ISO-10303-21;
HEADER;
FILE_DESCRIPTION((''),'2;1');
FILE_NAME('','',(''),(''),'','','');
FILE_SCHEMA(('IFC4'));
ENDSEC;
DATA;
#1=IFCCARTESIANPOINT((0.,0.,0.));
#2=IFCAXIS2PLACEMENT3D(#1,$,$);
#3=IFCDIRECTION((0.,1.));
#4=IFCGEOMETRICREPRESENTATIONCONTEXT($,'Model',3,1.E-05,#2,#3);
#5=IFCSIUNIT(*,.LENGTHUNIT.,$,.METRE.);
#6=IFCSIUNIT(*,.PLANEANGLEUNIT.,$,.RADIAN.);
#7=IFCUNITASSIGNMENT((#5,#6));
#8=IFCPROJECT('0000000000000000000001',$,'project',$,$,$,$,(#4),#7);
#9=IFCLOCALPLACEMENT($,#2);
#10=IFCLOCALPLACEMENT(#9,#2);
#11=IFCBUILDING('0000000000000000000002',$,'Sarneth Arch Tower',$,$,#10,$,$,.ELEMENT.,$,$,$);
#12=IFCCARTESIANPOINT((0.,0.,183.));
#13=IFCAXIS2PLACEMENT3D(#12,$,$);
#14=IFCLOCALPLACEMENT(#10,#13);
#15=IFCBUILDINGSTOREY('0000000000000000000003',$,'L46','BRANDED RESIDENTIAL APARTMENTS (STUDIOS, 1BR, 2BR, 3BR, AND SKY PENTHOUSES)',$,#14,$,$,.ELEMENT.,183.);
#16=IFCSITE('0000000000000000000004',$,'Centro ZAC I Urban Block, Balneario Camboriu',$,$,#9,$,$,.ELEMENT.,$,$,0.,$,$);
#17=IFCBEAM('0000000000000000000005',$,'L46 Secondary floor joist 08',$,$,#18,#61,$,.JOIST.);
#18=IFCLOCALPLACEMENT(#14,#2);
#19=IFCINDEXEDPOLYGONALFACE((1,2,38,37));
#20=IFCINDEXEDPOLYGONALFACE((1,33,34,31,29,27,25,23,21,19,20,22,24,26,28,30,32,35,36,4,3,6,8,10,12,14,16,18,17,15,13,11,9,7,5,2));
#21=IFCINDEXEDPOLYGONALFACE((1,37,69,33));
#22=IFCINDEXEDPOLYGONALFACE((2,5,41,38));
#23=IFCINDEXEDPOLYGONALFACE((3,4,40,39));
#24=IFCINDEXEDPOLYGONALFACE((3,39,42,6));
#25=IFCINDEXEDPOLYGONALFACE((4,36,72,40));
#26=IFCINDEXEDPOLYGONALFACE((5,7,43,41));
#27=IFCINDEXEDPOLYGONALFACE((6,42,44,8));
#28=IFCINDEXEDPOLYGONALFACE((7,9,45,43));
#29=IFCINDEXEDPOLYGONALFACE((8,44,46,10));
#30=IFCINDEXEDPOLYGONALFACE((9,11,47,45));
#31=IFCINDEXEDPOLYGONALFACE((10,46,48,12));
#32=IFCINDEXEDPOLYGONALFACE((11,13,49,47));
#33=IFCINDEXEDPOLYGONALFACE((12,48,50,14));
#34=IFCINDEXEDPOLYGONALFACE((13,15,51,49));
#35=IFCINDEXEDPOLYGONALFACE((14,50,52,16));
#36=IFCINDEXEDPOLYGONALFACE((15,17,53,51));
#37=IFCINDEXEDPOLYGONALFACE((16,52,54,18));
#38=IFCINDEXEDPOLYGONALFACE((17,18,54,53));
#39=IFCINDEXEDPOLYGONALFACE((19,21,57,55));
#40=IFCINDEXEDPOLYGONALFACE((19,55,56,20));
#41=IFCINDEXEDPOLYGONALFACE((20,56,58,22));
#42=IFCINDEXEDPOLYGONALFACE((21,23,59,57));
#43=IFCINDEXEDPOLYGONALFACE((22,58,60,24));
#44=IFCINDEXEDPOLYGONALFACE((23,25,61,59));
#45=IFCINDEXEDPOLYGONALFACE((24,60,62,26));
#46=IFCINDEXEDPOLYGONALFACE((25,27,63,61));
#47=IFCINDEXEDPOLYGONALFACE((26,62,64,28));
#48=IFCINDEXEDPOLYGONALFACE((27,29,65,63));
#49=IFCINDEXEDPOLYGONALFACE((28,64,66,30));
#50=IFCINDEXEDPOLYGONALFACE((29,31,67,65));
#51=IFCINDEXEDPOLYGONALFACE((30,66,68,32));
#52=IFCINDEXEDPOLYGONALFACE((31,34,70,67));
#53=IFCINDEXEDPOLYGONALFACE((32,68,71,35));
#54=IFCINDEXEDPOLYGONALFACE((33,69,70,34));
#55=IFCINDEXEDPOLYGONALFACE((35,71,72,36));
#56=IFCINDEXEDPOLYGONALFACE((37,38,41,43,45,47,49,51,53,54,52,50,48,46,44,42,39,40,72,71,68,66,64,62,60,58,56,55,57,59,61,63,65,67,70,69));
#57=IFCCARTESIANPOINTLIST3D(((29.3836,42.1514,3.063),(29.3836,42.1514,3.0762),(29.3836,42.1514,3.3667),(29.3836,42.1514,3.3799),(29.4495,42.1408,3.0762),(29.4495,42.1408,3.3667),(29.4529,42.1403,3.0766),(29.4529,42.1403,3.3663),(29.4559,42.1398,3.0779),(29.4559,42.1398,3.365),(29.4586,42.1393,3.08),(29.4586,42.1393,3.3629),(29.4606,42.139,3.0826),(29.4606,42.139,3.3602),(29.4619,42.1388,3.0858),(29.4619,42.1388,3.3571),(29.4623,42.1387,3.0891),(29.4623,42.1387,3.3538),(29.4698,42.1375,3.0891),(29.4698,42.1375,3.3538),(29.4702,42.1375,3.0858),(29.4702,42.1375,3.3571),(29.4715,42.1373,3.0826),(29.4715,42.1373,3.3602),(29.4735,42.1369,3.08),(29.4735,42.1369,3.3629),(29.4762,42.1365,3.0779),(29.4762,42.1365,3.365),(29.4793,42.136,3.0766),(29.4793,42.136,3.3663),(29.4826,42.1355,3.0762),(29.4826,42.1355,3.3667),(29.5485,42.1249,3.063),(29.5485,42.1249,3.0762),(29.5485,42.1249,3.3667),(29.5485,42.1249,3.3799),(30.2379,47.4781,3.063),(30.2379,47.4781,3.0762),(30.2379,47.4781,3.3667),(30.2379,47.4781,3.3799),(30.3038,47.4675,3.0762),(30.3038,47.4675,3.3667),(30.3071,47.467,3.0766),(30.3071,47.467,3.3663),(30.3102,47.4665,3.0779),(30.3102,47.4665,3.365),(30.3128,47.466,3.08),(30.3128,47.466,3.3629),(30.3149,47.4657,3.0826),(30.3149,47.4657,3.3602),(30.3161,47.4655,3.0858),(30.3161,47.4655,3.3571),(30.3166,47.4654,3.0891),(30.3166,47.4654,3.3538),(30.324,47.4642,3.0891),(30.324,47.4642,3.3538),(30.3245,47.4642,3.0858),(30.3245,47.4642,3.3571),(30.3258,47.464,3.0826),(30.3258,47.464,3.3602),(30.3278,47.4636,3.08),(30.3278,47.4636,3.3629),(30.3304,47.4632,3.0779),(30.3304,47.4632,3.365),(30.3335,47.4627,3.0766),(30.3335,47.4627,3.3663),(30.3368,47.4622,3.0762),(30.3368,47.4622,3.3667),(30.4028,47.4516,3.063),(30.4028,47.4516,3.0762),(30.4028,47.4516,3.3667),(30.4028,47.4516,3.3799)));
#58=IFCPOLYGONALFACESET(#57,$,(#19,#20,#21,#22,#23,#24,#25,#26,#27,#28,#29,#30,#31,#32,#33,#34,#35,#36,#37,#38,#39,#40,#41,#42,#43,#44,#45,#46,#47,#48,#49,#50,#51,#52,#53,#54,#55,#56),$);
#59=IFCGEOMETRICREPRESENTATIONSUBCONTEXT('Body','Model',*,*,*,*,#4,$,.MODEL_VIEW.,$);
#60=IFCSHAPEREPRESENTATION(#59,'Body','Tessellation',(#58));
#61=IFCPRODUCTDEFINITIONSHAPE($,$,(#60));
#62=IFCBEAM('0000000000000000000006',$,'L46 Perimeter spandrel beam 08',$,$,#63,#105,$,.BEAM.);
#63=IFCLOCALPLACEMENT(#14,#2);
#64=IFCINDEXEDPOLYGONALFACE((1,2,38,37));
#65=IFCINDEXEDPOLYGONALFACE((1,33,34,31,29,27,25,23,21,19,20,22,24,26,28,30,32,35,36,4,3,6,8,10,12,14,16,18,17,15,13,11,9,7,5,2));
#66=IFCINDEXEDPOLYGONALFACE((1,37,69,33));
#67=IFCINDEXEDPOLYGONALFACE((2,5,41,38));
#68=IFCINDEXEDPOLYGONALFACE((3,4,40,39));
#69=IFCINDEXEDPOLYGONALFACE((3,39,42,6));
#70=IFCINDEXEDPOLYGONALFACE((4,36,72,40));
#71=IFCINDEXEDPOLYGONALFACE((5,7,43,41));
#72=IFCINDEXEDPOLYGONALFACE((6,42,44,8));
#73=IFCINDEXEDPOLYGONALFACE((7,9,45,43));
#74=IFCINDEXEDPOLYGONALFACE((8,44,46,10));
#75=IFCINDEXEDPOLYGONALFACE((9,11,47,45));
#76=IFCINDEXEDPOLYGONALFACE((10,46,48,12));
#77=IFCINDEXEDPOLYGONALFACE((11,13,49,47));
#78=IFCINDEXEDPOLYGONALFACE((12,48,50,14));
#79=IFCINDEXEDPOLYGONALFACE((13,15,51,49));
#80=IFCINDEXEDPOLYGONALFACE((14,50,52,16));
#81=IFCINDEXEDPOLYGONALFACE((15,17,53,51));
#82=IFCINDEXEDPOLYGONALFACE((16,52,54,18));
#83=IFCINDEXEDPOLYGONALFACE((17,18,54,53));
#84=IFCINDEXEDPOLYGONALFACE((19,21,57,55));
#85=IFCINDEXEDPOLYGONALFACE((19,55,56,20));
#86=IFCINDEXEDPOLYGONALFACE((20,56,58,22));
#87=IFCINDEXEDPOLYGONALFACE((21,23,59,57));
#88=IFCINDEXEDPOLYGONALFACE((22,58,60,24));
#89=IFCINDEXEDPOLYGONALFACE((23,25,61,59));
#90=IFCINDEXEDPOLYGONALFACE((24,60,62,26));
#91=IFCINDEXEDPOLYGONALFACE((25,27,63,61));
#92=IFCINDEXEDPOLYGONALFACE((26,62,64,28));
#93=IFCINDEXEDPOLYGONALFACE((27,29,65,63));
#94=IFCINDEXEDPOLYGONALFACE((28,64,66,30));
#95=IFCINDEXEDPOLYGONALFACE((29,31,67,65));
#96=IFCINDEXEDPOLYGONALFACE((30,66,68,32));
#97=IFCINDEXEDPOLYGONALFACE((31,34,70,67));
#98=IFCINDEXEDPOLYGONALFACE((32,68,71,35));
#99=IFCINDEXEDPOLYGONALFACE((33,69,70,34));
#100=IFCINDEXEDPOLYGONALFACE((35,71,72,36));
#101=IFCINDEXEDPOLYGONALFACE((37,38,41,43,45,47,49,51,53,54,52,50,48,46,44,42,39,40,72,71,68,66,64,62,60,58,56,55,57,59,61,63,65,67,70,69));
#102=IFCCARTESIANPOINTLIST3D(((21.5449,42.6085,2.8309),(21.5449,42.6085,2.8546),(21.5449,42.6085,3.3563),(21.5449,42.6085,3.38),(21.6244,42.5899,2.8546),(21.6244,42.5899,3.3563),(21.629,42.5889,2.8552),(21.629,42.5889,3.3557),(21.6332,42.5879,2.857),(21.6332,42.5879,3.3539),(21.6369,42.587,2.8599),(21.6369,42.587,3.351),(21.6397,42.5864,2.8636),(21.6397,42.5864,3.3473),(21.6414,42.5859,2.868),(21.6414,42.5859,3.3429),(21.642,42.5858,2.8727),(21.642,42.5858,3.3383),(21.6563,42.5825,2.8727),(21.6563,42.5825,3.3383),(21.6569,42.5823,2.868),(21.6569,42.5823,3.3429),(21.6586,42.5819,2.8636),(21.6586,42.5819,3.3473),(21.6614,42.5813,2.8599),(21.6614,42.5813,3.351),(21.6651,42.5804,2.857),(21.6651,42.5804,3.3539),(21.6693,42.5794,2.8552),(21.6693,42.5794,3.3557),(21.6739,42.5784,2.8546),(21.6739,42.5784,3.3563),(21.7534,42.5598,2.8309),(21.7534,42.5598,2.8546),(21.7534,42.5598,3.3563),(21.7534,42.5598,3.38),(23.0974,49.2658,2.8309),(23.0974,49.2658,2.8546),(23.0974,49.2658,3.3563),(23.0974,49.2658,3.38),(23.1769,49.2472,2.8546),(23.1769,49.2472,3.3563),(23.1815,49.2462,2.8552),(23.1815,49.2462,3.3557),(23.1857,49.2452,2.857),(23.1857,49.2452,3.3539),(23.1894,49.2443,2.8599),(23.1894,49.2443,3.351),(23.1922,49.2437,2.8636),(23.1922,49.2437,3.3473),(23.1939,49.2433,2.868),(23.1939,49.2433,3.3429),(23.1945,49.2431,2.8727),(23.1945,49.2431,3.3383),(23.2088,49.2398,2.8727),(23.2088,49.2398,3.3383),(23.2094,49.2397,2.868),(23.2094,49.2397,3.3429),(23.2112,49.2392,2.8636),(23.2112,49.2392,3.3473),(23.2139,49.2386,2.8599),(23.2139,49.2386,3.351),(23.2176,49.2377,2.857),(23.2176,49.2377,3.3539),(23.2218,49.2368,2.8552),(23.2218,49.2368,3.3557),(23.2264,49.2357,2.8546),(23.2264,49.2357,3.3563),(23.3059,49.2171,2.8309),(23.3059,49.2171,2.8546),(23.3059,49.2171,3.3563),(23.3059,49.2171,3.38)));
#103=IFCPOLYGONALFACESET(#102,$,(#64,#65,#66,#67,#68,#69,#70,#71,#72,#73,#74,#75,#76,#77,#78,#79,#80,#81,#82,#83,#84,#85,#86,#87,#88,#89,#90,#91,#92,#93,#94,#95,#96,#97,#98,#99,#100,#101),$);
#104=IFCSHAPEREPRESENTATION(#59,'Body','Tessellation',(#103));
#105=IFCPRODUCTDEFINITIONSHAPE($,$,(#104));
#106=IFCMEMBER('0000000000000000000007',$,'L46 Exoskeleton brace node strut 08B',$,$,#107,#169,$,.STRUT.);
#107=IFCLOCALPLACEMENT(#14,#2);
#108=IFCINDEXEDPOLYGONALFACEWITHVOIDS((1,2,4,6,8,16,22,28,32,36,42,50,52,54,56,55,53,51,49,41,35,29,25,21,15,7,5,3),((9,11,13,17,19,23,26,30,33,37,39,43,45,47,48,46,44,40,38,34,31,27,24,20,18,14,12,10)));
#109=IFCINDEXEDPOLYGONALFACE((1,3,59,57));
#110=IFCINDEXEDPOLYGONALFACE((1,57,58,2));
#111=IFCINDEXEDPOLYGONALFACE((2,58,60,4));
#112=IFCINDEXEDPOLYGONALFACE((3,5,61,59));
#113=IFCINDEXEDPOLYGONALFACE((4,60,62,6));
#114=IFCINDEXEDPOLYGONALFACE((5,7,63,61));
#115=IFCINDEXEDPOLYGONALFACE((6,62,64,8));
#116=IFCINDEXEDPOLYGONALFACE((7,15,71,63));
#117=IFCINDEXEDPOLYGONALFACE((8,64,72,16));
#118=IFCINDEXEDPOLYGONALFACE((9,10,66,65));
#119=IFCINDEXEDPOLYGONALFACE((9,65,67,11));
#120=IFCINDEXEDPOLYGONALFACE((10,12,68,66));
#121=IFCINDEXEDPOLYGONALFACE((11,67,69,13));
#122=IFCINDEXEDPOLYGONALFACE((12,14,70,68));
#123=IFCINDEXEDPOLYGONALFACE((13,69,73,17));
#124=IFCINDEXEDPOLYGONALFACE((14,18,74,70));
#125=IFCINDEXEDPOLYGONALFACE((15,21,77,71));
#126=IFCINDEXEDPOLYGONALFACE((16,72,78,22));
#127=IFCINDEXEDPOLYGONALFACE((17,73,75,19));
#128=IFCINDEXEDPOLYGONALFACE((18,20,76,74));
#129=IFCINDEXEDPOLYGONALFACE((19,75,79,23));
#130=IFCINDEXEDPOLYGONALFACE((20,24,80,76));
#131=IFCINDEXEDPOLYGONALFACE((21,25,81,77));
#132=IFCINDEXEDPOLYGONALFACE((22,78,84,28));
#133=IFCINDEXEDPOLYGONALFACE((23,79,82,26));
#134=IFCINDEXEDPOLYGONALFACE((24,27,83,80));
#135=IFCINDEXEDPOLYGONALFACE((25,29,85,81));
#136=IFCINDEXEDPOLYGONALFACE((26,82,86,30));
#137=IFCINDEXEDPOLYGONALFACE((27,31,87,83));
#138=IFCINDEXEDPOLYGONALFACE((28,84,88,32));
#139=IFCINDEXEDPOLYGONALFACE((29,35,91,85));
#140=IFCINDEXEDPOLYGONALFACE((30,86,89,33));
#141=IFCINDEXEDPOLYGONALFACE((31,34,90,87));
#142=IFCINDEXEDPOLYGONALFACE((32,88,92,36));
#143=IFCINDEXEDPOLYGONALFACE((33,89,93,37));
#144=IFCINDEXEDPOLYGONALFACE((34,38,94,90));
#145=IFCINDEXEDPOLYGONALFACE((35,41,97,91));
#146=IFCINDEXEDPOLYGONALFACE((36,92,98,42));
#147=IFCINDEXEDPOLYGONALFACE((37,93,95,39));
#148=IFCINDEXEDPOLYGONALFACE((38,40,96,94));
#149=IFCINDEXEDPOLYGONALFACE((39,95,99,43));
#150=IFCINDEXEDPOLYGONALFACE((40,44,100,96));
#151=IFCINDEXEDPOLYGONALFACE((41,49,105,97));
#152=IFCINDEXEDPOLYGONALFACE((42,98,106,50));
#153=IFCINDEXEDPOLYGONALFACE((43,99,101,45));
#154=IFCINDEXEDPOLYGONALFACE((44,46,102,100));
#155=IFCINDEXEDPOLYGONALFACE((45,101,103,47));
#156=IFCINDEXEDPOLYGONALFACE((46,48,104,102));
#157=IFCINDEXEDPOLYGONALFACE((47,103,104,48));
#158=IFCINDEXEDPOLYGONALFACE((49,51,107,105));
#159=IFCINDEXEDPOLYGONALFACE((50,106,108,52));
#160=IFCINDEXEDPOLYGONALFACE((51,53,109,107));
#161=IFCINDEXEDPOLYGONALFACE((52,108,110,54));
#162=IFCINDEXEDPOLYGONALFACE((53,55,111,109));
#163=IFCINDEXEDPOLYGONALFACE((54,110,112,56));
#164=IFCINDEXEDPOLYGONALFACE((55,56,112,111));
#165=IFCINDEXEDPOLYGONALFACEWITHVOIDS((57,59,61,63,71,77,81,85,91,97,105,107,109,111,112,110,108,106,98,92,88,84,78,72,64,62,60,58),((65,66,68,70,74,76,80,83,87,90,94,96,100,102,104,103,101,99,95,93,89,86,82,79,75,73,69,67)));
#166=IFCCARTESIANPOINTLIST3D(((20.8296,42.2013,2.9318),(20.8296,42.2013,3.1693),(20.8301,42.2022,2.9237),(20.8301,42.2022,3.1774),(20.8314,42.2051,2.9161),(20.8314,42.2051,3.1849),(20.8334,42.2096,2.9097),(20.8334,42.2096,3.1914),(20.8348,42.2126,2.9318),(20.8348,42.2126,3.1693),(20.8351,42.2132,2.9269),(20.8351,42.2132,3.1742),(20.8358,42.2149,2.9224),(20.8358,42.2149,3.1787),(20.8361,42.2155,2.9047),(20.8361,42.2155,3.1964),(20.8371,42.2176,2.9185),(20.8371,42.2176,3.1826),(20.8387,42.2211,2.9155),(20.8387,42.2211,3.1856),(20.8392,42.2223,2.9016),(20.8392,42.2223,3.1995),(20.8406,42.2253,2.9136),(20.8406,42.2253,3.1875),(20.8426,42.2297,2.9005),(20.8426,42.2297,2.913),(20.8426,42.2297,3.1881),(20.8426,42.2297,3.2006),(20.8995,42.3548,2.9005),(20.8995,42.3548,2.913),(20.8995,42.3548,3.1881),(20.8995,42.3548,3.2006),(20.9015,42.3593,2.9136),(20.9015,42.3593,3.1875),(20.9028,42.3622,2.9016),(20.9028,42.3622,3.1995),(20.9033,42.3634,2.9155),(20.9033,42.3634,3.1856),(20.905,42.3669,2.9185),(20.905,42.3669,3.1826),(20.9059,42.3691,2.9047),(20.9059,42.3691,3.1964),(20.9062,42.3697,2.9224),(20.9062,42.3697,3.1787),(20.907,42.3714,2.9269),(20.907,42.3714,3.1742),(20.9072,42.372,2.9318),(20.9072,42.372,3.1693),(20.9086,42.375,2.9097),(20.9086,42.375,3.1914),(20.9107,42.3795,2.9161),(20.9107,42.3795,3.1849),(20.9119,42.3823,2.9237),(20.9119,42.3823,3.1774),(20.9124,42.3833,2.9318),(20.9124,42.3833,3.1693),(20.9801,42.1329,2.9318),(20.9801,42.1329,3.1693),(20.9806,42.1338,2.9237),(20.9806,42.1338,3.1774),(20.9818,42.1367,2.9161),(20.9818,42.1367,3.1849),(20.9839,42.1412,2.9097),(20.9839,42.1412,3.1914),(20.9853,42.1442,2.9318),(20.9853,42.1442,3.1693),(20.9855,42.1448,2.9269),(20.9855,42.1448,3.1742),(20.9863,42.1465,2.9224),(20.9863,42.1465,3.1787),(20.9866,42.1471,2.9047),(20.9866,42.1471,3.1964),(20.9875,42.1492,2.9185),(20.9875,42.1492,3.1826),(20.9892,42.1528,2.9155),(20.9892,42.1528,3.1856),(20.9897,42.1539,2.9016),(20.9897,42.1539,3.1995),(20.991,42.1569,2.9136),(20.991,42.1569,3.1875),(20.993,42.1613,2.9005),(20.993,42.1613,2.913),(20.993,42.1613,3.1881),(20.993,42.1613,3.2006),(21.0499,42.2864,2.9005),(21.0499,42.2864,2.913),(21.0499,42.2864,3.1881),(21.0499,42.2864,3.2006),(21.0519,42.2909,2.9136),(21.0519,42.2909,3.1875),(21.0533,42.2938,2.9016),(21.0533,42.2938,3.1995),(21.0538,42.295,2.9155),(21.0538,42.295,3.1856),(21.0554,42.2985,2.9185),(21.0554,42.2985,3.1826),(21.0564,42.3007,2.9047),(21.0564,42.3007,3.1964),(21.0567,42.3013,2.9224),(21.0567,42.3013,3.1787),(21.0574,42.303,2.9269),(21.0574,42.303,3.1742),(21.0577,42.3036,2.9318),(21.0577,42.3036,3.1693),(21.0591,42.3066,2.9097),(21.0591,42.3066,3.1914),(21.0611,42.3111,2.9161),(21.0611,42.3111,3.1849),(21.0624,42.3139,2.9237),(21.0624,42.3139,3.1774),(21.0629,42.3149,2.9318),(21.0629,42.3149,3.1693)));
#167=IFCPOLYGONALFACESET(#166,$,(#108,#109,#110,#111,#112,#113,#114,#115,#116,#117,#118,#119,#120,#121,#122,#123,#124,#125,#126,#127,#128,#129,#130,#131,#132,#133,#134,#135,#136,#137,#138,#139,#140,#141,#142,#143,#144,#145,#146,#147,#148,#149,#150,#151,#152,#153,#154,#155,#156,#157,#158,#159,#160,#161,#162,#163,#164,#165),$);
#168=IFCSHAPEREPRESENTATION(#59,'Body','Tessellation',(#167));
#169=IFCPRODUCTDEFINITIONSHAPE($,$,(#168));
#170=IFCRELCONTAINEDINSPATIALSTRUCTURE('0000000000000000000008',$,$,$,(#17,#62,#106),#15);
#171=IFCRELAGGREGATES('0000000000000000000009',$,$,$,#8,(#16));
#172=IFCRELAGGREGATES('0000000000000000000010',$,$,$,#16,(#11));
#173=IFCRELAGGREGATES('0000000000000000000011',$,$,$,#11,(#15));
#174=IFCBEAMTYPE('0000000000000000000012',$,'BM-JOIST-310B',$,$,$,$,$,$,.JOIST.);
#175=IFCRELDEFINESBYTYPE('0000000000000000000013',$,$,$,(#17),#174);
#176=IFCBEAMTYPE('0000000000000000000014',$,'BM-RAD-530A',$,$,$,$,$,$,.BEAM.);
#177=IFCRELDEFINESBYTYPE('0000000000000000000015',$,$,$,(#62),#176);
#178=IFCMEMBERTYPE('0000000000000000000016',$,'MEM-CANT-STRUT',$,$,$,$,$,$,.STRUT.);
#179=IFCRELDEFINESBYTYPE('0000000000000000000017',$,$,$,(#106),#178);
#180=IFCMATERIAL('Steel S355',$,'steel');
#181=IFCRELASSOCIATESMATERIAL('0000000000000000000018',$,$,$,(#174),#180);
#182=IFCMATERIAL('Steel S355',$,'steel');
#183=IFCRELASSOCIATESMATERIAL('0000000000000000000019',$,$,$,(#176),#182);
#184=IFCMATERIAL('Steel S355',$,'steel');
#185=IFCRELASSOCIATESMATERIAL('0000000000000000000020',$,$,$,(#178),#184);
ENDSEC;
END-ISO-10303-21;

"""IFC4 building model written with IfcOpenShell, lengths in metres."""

from ifc_helpers import new_model, si_unit, direction, frame, origin, origin_2d, place, context, subcontext, project, spatial, hollow_rectangle, i_section, extrude, material, material_profile, profile_set, type_object, element, save


model = new_model("IFC4")

# Units and contexts
model_context = context("Model", 3, precision=1e-05, world=origin(), true_north=direction((0.0, 1.0)))
body_context = subcontext(model_context, "Body", "Model", "MODEL_VIEW")
ifc_project = project(units=[si_unit("LENGTHUNIT", "METRE"), si_unit("PLANEANGLEUNIT", "RADIAN")], contexts=[model_context])

# Site, building, storey
site_placement = place(None, origin())
site = spatial("IfcSite", under=ifc_project, at=site_placement, Name="Centro ZAC I Urban Block, Balneario Camboriu", CompositionType="ELEMENT", RefElevation=0.0)
building_placement = place(site_placement, origin())
building = spatial("IfcBuilding", under=site, at=building_placement, Name="Sarneth Arch Tower", CompositionType="ELEMENT")
storey_placement = place(building_placement, frame((0.0, 0.0, 183.0)))
storey = spatial("IfcBuildingStorey", under=building, at=storey_placement, Name="L46", Description="BRANDED RESIDENTIAL APARTMENTS (STUDIOS, 1BR, 2BR, 3BR, AND SKY PENTHOUSES)", CompositionType="ELEMENT", Elevation=183.0)

# Beams
ifc_material_1 = material(Name="Steel S355", Category="steel")
ifc_material_profile_1 = material_profile(ifc_material_1, i_section(OverallWidth=0.167, OverallDepth=0.3169, WebThickness=0.0076, FlangeThickness=0.0132, FilletRadius=0.0129, at=origin_2d()), Name="W310x52")
ifc_profile_set_1 = profile_set([ifc_material_profile_1], Name="Steel S355")
beam_type_1 = type_object("IfcBeamType", Name="BM-JOIST-310B", PredefinedType="JOIST", material=ifc_profile_set_1)
beam_1_placement = place(storey_placement, frame((30.3203, 47.4648, 3.2214), z_axis=(-0.158349, -0.987383, 0.0), x_axis=(0.987383, -0.158349, 0.0)))
element("IfcBeam", 1, at=beam_1_placement, inside=storey, type_object=beam_type_1, Name="L46 Secondary floor joist 08", PredefinedType="JOIST", context=body_context, shape_type="SweptSolid", body=[
    extrude(i_section(OverallWidth=0.167, OverallDepth=0.3169, WebThickness=0.0076, FlangeThickness=0.0132, FilletRadius=0.0129, at=origin_2d()), origin(), (0.0, 0.0, 1.0), 5.3948),
])
ifc_material_2 = material(Name="Steel S355", Category="steel")
ifc_material_profile_2 = material_profile(ifc_material_2, i_section(OverallWidth=0.2141, OverallDepth=0.5491, WebThickness=0.0146, FlangeThickness=0.0237, FilletRadius=0.0181, at=origin_2d()), Name="W530x138")
ifc_profile_set_2 = profile_set([ifc_material_profile_2], Name="Steel S355")
beam_type_2 = type_object("IfcBeamType", Name="BM-RAD-530A", PredefinedType="BEAM", material=ifc_profile_set_2)
beam_2_placement = place(storey_placement, frame((23.2017, 49.2415, 3.1055), z_axis=(-0.22711, -0.973869, 0.0), x_axis=(0.973869, -0.22711, 0.0)))
element("IfcBeam", 2, at=beam_2_placement, inside=storey, type_object=beam_type_2, Name="L46 Perimeter spandrel beam 08", PredefinedType="BEAM", context=body_context, shape_type="SweptSolid", body=[
    extrude(i_section(OverallWidth=0.2141, OverallDepth=0.5491, WebThickness=0.0146, FlangeThickness=0.0237, FilletRadius=0.0181, at=origin_2d()), origin(), (0.0, 0.0, 1.0), 6.8359),
])

# Member
ifc_material_3 = material(Name="Steel S355", Category="steel")
ifc_material_profile_3 = material_profile(ifc_material_3, hollow_rectangle(XDim=0.2, YDim=0.3, WallThickness=0.0125, InnerFilletRadius=0.0188, OuterFilletRadius=0.0312, at=origin_2d()), Name="RHS300x200x12.5")
ifc_profile_set_3 = profile_set([ifc_material_profile_3], Name="Steel S355")
member_type_1 = type_object("IfcMemberType", Name="MEM-CANT-STRUT", PredefinedType="STRUT", material=ifc_profile_set_3)
member_1_placement = place(storey_placement, frame((21.0215, 42.2239, 3.0505), z_axis=(-0.910366, 0.413803, 0.0), x_axis=(-0.413803, -0.910366, 0.0)))
element("IfcMember", 3, at=member_1_placement, inside=storey, type_object=member_type_1, Name="L46 Exoskeleton brace node strut 08B", PredefinedType="STRUT", context=body_context, shape_type="SweptSolid", body=[
    extrude(hollow_rectangle(XDim=0.2, YDim=0.3, WallThickness=0.0125, InnerFilletRadius=0.0188, OuterFilletRadius=0.0312, at=origin_2d()), origin(), (0.0, 0.0, 1.0), 0.1653),
])

save(model, "model.ifc")
